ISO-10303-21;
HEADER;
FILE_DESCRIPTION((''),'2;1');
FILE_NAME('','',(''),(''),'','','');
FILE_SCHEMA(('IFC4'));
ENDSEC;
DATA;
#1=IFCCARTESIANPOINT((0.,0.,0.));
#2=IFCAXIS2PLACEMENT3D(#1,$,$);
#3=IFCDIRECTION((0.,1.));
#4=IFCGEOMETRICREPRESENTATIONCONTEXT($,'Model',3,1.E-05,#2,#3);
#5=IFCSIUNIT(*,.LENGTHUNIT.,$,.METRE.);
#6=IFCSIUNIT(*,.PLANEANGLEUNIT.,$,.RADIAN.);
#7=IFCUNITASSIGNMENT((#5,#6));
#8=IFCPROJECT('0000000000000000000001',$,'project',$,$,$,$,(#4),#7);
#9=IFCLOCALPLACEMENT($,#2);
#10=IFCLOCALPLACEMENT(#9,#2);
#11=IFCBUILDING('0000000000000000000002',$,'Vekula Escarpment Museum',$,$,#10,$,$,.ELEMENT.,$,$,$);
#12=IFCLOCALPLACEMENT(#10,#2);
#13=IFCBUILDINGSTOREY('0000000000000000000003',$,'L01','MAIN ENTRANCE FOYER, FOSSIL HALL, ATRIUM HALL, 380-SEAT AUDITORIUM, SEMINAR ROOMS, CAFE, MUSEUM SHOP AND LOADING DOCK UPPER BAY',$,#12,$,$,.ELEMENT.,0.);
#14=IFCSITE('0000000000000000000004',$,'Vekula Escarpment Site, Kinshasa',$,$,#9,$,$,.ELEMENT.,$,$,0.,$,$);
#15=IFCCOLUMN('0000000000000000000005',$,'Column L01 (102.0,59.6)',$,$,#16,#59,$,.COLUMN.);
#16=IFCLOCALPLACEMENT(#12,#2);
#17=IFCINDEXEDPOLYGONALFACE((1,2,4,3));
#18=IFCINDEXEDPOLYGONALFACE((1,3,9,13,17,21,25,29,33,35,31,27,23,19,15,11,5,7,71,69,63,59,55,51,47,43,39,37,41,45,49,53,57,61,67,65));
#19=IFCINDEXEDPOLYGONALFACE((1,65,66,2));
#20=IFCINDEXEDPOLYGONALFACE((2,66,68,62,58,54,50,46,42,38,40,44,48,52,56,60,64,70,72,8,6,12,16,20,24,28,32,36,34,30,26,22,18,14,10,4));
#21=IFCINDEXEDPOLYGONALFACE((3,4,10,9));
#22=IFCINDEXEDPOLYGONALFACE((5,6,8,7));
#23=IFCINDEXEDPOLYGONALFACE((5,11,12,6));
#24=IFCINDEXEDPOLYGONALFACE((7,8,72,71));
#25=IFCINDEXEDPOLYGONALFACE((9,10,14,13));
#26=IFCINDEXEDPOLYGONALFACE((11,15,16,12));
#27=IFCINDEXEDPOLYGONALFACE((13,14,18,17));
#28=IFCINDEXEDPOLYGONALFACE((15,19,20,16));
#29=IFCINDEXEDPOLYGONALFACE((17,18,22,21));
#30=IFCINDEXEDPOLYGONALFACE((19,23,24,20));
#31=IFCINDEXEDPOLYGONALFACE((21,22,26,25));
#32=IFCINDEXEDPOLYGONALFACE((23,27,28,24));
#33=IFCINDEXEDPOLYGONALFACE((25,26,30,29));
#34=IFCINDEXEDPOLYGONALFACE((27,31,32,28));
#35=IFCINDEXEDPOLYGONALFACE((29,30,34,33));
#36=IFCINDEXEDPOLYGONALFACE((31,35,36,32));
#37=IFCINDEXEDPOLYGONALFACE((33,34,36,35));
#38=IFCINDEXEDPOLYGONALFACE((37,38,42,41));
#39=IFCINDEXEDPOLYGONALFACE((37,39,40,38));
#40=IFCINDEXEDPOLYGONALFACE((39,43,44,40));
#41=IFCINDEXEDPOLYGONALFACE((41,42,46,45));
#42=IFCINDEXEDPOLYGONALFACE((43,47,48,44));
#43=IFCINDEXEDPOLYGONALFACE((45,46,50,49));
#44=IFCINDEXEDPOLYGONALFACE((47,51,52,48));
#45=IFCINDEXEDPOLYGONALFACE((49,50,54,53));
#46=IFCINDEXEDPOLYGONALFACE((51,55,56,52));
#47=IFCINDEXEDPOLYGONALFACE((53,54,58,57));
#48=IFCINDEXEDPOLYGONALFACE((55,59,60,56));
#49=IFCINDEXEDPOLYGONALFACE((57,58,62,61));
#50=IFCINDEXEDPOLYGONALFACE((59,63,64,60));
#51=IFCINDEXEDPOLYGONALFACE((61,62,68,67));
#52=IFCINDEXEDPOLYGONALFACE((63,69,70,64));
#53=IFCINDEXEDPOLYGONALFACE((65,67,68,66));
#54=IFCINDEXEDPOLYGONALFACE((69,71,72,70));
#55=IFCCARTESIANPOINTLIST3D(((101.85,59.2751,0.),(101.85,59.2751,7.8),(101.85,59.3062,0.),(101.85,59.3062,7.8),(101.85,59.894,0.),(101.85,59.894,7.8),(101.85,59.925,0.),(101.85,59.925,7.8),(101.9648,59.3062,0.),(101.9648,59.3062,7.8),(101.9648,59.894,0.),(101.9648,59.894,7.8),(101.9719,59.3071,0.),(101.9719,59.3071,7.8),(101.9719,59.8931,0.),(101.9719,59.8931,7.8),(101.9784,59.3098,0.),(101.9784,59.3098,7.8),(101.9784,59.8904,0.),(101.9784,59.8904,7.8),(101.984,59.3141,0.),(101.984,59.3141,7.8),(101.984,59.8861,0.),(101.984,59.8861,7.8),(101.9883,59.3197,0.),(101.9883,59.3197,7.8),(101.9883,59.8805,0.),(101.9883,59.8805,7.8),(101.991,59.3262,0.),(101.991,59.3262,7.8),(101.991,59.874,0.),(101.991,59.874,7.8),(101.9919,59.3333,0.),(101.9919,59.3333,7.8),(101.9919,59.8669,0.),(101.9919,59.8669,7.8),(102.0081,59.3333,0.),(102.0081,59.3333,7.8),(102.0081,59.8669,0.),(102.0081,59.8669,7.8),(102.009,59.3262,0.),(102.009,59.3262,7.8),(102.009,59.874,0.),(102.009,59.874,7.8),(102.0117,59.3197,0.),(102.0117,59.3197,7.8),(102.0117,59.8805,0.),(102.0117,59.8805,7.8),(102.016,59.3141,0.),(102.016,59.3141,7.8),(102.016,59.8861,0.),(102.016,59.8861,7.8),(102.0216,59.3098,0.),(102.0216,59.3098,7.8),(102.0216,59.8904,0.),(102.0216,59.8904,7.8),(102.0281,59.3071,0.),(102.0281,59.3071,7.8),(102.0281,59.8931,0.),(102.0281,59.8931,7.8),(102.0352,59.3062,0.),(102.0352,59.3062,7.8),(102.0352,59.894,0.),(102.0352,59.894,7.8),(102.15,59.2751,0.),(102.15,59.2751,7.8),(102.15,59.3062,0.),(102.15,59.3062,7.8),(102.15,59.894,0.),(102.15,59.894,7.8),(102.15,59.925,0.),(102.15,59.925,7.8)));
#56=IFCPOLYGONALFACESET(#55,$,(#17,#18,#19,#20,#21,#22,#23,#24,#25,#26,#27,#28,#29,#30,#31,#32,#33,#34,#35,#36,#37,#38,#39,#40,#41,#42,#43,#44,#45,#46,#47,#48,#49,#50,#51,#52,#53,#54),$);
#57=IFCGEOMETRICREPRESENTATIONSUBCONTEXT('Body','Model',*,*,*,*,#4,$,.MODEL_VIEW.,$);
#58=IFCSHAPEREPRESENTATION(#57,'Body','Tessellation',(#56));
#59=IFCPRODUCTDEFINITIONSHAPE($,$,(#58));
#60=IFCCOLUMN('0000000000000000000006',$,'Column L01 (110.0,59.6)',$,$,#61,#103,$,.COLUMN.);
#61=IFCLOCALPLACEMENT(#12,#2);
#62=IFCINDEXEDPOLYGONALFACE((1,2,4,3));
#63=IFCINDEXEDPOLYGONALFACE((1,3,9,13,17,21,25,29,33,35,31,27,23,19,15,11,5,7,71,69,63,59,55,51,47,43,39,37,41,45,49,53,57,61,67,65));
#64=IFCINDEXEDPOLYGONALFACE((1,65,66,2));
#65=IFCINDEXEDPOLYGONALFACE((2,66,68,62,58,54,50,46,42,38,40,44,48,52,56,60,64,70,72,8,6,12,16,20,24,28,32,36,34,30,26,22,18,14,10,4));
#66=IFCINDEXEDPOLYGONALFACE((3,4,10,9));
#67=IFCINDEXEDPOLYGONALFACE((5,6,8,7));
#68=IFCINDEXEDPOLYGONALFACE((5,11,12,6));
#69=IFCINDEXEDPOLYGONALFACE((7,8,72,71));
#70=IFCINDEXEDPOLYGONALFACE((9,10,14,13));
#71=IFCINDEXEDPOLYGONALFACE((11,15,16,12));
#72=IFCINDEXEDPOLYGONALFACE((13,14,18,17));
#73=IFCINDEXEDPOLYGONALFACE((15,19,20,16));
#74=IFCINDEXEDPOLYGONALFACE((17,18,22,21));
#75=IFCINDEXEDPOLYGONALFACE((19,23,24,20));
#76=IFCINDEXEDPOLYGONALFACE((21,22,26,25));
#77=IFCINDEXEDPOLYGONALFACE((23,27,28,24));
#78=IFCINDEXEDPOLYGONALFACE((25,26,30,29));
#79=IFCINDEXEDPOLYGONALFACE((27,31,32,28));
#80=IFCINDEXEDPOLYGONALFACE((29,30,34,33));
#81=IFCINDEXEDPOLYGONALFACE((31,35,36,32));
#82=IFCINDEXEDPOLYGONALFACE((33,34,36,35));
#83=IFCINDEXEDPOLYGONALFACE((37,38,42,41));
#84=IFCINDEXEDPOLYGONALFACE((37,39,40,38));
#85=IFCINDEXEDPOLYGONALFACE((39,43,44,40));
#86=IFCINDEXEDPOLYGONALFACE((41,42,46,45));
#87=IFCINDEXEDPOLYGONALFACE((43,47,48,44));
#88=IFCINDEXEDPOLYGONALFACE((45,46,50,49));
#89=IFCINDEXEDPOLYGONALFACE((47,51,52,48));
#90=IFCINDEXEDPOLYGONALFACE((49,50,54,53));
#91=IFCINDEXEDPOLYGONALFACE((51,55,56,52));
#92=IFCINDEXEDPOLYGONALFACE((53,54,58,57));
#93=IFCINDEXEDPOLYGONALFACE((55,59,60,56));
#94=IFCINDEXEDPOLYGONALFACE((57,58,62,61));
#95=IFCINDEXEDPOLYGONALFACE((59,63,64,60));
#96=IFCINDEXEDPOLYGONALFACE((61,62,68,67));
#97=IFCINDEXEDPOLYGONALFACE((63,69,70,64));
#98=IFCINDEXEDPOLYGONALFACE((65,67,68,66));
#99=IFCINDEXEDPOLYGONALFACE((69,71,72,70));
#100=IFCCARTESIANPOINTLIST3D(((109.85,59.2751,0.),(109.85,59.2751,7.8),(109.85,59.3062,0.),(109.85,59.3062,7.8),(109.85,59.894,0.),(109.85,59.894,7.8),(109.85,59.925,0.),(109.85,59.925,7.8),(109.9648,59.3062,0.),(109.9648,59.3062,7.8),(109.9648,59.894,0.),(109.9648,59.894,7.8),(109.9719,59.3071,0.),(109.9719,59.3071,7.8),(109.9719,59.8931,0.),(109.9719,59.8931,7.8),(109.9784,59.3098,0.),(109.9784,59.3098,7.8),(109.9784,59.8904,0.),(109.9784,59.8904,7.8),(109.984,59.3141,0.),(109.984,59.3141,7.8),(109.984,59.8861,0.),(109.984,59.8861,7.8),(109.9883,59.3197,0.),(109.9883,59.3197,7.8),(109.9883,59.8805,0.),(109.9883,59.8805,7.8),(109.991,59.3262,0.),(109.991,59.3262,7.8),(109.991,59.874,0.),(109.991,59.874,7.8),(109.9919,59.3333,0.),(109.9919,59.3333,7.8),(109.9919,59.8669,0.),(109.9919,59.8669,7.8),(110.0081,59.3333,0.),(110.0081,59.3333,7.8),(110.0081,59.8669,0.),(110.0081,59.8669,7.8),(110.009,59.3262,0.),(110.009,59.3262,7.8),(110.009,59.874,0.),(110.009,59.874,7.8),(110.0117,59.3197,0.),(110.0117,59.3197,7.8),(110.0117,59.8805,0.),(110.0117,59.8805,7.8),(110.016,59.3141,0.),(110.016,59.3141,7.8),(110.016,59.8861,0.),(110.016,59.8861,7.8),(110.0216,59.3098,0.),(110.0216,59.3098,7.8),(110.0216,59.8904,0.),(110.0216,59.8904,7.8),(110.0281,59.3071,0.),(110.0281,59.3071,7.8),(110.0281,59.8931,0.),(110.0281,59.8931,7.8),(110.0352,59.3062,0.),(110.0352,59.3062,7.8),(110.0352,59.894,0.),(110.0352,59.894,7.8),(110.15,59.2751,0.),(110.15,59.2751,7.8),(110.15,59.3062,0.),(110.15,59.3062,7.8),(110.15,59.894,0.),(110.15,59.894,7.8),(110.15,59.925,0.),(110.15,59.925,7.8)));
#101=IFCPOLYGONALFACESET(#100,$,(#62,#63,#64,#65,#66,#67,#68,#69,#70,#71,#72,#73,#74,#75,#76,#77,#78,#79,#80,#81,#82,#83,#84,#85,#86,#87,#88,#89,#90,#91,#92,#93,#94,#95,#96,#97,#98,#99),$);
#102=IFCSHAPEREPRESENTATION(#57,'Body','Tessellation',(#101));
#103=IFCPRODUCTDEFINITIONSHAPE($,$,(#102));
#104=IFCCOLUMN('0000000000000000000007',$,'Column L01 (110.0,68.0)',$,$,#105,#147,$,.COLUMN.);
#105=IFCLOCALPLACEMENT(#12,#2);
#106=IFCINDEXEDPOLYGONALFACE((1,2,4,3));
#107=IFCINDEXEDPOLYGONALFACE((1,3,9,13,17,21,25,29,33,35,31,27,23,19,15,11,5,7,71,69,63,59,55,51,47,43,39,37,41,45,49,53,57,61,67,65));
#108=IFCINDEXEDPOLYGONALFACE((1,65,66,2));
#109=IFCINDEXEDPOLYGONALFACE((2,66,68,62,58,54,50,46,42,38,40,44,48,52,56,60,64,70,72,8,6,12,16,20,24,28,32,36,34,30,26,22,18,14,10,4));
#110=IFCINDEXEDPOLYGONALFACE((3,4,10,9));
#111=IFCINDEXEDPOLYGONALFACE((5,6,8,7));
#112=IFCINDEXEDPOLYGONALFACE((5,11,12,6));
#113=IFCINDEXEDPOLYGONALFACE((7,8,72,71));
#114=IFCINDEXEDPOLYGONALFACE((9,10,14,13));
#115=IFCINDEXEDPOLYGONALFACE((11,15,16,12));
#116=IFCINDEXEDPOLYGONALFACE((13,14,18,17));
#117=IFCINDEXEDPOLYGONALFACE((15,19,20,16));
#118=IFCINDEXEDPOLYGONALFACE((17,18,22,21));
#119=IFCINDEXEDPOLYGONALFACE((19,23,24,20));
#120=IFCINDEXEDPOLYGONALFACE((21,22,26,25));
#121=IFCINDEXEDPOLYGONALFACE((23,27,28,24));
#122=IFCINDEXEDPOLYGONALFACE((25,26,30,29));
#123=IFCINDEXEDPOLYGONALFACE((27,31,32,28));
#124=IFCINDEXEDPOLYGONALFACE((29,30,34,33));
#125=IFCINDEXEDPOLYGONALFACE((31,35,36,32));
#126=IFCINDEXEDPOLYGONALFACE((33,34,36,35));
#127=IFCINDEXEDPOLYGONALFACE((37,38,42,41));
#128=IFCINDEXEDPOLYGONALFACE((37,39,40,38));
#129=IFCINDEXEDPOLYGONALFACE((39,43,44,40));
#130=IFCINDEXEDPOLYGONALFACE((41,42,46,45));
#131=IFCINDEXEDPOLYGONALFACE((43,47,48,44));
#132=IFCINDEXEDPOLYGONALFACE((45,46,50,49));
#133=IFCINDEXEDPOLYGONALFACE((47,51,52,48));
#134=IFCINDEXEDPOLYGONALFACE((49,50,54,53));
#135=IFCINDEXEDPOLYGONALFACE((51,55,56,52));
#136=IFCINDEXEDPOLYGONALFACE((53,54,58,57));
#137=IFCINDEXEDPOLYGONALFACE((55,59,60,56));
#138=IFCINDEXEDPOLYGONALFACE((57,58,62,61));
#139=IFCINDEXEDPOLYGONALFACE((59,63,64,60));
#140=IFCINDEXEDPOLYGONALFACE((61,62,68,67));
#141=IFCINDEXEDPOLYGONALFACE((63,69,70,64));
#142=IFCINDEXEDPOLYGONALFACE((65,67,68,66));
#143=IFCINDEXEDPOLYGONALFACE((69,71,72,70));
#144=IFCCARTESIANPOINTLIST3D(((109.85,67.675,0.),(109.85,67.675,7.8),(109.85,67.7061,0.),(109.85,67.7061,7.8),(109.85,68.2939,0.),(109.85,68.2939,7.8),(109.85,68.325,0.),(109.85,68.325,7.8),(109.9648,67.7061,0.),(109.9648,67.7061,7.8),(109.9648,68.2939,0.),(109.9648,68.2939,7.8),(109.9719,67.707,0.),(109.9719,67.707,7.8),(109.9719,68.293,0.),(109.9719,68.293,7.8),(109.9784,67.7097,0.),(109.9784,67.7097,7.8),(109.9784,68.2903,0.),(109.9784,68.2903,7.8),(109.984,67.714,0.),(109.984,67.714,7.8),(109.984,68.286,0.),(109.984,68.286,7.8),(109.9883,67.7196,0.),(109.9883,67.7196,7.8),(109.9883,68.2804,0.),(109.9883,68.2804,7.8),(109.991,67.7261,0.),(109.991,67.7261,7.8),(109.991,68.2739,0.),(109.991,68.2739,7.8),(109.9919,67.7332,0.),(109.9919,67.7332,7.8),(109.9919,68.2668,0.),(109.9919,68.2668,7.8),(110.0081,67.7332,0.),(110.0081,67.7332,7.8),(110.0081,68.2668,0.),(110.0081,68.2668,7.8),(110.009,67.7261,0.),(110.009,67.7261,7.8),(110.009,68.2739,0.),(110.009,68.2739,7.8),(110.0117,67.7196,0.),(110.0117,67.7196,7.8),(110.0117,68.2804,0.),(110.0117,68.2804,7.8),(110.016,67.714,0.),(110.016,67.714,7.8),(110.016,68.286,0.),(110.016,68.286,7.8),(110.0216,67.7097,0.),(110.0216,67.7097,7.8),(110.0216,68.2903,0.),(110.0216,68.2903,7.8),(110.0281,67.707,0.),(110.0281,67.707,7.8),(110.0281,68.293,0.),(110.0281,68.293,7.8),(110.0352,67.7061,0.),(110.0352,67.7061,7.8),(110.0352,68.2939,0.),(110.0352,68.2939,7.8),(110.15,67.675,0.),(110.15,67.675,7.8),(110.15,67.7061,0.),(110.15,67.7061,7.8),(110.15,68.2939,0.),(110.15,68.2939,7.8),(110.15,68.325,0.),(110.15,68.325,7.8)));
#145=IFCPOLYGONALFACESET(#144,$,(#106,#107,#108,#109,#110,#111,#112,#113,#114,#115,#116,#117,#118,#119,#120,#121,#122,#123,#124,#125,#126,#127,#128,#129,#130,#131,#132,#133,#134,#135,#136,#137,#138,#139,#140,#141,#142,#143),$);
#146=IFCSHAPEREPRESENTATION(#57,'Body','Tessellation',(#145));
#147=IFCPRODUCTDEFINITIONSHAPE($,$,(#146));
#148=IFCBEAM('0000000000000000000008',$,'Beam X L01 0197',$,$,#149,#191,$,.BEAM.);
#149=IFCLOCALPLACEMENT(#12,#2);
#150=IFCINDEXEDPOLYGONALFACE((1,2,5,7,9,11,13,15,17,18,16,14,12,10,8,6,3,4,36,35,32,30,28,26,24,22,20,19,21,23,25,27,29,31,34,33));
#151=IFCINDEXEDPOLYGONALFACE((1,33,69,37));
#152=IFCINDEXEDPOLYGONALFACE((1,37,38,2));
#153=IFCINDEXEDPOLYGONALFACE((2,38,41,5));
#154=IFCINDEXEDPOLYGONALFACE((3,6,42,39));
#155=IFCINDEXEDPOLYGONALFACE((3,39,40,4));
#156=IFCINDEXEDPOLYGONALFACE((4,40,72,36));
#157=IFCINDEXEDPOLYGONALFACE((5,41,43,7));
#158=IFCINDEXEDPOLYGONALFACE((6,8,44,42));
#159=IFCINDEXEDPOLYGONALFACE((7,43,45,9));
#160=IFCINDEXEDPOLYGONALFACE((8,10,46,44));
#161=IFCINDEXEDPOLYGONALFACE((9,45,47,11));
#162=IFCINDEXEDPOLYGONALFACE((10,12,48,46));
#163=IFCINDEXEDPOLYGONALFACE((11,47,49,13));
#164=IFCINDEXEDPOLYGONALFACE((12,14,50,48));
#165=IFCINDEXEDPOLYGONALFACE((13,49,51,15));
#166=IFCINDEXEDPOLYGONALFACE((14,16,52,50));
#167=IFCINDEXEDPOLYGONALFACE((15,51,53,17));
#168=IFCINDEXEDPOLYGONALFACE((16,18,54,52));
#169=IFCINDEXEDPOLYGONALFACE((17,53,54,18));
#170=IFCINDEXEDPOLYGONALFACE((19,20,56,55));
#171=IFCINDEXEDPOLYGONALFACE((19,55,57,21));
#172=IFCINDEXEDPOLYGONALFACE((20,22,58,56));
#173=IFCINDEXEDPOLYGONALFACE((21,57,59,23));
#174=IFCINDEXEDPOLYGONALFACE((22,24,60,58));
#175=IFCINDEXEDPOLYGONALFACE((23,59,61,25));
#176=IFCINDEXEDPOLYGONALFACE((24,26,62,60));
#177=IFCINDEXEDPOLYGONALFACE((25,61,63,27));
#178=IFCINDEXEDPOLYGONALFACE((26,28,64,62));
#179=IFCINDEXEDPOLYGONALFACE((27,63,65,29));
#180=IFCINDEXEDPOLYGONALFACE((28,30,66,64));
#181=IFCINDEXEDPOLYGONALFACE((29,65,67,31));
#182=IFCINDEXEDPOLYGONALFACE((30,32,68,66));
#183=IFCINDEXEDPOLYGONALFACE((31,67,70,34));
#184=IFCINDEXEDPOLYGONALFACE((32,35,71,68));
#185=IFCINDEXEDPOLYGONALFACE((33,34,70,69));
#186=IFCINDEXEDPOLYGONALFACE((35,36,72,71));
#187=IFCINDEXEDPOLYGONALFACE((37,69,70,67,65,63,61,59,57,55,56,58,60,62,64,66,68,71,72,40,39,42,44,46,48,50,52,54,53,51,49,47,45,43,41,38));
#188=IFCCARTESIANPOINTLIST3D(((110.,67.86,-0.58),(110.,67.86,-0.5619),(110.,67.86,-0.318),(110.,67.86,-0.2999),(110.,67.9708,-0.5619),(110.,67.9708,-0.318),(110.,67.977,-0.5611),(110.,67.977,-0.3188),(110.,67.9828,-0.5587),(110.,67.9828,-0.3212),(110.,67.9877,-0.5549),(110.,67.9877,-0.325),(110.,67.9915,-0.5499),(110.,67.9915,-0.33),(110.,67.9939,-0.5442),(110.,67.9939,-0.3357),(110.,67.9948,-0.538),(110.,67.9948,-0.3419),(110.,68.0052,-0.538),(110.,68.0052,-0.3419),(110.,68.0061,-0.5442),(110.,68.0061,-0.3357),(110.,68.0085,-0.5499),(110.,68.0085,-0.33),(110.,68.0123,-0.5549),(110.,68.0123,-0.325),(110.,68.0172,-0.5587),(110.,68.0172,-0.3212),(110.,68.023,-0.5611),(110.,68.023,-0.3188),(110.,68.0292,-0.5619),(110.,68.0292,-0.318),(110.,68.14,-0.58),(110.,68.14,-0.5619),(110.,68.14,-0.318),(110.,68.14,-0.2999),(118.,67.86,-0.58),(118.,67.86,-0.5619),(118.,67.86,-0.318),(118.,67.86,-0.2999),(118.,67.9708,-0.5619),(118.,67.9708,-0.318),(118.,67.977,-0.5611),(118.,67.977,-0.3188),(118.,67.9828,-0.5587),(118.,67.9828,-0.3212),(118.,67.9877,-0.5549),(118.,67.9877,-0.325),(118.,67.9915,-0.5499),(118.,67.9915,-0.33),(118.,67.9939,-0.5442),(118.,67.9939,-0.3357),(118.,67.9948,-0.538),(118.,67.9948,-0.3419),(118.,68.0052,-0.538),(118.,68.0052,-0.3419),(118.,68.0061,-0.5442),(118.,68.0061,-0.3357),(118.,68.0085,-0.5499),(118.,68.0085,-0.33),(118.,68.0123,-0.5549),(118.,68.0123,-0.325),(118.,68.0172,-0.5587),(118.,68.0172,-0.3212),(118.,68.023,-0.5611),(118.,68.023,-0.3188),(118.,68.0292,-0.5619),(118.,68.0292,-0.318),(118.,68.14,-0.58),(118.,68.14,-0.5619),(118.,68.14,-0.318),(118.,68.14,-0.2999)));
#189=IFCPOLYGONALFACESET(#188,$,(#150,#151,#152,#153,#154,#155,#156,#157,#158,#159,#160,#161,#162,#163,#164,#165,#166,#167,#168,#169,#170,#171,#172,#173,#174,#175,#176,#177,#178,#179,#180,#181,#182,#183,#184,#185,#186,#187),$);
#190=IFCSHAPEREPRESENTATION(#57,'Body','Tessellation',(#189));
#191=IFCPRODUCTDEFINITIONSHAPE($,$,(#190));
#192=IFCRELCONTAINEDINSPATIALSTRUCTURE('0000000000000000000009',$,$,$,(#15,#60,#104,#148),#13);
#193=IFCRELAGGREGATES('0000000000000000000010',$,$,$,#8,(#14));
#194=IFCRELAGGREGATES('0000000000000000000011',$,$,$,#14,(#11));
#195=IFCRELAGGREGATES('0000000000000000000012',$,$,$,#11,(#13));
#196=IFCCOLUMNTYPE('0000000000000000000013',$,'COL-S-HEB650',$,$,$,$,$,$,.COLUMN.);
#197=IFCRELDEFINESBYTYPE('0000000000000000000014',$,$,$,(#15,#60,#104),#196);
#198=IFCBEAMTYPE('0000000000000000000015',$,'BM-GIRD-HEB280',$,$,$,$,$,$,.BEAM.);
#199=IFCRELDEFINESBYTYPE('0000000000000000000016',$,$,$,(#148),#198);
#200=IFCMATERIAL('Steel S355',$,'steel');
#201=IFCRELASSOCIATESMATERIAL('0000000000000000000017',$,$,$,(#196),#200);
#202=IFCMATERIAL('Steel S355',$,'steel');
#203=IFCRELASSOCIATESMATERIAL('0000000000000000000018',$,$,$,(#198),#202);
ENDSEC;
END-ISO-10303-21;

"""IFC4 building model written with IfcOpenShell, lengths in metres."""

from ifc_helpers import new_model, si_unit, direction, frame, origin, origin_2d, place, context, subcontext, project, spatial, i_section, extrude, material, material_profile, profile_set, type_object, element, save


model = new_model("IFC4")

# Units and contexts
model_context = context("Model", 3, precision=1e-05, world=origin(), true_north=direction((0.0, 1.0)))
body_context = subcontext(model_context, "Body", "Model", "MODEL_VIEW")
ifc_project = project(units=[si_unit("LENGTHUNIT", "METRE"), si_unit("PLANEANGLEUNIT", "RADIAN")], contexts=[model_context])

# Site, building, storey
site_placement = place(None, origin())
site = spatial("IfcSite", under=ifc_project, at=site_placement, Name="Vekula Escarpment Site, Kinshasa", CompositionType="ELEMENT", RefElevation=0.0)
building_placement = place(site_placement, origin())
building = spatial("IfcBuilding", under=site, at=building_placement, Name="Vekula Escarpment Museum", CompositionType="ELEMENT")
storey_placement = place(building_placement, origin())
storey = spatial("IfcBuildingStorey", under=building, at=storey_placement, Name="L01", Description="MAIN ENTRANCE FOYER, FOSSIL HALL, ATRIUM HALL, 380-SEAT AUDITORIUM, SEMINAR ROOMS, CAFE, MUSEUM SHOP AND LOADING DOCK UPPER BAY", CompositionType="ELEMENT", Elevation=0.0)

# Columns
ifc_material_1 = material(Name="Steel S355", Category="steel")
ifc_material_profile_1 = material_profile(ifc_material_1, i_section(OverallWidth=0.3, OverallDepth=0.6499, WebThickness=0.0161, FlangeThickness=0.031, FilletRadius=0.0271, at=origin_2d()), Name="HEB 650")
ifc_profile_set_1 = profile_set([ifc_material_profile_1], Name="Steel S355")
column_type = type_object("IfcColumnType", Name="COL-S-HEB650", PredefinedType="COLUMN", material=ifc_profile_set_1)
for number, where, z_axis, x_axis, name in (
    (1, (102.0, 59.6001, 0.0), (0.0, 0.0, 1.0), (1.0, 0.0, 0.0), "Column L01 (102.0,59.6)"),
    (2, (110.0, 59.6001, 0.0), (0.0, 0.0, 1.0), (1.0, 0.0, 0.0), "Column L01 (110.0,59.6)"),
    (3, (110.0, 68.0, 0.0), (0.0, 0.0, 1.0), (1.0, 0.0, 0.0), "Column L01 (110.0,68.0)"),
):
    element("IfcColumn", number, at=place(storey_placement, frame(where, z_axis=z_axis, x_axis=x_axis)), inside=storey, type_object=column_type, Name=name, PredefinedType="COLUMN", context=body_context, shape_type="SweptSolid", body=[
        extrude(i_section(OverallWidth=0.3, OverallDepth=0.6499, WebThickness=0.0161, FlangeThickness=0.031, FilletRadius=0.0271, at=origin_2d()), origin(), (0.0, 0.0, 1.0), 7.8),
    ])

# Beam
ifc_material_2 = material(Name="Steel S355", Category="steel")
ifc_material_profile_2 = material_profile(ifc_material_2, i_section(OverallWidth=0.28, OverallDepth=0.28, WebThickness=0.0105, FlangeThickness=0.0181, FilletRadius=0.0239, at=origin_2d()), Name="HEB 280")
ifc_profile_set_2 = profile_set([ifc_material_profile_2], Name="Steel S355")
beam_type_1 = type_object("IfcBeamType", Name="BM-GIRD-HEB280", PredefinedType="BEAM", material=ifc_profile_set_2)
beam_1_placement = place(storey_placement, frame((110.0, 68.0, -0.4399), z_axis=(1.0, 0.0, 0.0), x_axis=(0.0, 1.0, 0.0)))
element("IfcBeam", 4, at=beam_1_placement, inside=storey, type_object=beam_type_1, Name="Beam X L01 0197", PredefinedType="BEAM", context=body_context, shape_type="SweptSolid", body=[
    extrude(i_section(OverallWidth=0.28, OverallDepth=0.28, WebThickness=0.0105, FlangeThickness=0.0181, FilletRadius=0.0239, at=origin_2d()), origin(), (0.0, 0.0, 1.0), 8.0),
])

save(model, "model.ifc")
